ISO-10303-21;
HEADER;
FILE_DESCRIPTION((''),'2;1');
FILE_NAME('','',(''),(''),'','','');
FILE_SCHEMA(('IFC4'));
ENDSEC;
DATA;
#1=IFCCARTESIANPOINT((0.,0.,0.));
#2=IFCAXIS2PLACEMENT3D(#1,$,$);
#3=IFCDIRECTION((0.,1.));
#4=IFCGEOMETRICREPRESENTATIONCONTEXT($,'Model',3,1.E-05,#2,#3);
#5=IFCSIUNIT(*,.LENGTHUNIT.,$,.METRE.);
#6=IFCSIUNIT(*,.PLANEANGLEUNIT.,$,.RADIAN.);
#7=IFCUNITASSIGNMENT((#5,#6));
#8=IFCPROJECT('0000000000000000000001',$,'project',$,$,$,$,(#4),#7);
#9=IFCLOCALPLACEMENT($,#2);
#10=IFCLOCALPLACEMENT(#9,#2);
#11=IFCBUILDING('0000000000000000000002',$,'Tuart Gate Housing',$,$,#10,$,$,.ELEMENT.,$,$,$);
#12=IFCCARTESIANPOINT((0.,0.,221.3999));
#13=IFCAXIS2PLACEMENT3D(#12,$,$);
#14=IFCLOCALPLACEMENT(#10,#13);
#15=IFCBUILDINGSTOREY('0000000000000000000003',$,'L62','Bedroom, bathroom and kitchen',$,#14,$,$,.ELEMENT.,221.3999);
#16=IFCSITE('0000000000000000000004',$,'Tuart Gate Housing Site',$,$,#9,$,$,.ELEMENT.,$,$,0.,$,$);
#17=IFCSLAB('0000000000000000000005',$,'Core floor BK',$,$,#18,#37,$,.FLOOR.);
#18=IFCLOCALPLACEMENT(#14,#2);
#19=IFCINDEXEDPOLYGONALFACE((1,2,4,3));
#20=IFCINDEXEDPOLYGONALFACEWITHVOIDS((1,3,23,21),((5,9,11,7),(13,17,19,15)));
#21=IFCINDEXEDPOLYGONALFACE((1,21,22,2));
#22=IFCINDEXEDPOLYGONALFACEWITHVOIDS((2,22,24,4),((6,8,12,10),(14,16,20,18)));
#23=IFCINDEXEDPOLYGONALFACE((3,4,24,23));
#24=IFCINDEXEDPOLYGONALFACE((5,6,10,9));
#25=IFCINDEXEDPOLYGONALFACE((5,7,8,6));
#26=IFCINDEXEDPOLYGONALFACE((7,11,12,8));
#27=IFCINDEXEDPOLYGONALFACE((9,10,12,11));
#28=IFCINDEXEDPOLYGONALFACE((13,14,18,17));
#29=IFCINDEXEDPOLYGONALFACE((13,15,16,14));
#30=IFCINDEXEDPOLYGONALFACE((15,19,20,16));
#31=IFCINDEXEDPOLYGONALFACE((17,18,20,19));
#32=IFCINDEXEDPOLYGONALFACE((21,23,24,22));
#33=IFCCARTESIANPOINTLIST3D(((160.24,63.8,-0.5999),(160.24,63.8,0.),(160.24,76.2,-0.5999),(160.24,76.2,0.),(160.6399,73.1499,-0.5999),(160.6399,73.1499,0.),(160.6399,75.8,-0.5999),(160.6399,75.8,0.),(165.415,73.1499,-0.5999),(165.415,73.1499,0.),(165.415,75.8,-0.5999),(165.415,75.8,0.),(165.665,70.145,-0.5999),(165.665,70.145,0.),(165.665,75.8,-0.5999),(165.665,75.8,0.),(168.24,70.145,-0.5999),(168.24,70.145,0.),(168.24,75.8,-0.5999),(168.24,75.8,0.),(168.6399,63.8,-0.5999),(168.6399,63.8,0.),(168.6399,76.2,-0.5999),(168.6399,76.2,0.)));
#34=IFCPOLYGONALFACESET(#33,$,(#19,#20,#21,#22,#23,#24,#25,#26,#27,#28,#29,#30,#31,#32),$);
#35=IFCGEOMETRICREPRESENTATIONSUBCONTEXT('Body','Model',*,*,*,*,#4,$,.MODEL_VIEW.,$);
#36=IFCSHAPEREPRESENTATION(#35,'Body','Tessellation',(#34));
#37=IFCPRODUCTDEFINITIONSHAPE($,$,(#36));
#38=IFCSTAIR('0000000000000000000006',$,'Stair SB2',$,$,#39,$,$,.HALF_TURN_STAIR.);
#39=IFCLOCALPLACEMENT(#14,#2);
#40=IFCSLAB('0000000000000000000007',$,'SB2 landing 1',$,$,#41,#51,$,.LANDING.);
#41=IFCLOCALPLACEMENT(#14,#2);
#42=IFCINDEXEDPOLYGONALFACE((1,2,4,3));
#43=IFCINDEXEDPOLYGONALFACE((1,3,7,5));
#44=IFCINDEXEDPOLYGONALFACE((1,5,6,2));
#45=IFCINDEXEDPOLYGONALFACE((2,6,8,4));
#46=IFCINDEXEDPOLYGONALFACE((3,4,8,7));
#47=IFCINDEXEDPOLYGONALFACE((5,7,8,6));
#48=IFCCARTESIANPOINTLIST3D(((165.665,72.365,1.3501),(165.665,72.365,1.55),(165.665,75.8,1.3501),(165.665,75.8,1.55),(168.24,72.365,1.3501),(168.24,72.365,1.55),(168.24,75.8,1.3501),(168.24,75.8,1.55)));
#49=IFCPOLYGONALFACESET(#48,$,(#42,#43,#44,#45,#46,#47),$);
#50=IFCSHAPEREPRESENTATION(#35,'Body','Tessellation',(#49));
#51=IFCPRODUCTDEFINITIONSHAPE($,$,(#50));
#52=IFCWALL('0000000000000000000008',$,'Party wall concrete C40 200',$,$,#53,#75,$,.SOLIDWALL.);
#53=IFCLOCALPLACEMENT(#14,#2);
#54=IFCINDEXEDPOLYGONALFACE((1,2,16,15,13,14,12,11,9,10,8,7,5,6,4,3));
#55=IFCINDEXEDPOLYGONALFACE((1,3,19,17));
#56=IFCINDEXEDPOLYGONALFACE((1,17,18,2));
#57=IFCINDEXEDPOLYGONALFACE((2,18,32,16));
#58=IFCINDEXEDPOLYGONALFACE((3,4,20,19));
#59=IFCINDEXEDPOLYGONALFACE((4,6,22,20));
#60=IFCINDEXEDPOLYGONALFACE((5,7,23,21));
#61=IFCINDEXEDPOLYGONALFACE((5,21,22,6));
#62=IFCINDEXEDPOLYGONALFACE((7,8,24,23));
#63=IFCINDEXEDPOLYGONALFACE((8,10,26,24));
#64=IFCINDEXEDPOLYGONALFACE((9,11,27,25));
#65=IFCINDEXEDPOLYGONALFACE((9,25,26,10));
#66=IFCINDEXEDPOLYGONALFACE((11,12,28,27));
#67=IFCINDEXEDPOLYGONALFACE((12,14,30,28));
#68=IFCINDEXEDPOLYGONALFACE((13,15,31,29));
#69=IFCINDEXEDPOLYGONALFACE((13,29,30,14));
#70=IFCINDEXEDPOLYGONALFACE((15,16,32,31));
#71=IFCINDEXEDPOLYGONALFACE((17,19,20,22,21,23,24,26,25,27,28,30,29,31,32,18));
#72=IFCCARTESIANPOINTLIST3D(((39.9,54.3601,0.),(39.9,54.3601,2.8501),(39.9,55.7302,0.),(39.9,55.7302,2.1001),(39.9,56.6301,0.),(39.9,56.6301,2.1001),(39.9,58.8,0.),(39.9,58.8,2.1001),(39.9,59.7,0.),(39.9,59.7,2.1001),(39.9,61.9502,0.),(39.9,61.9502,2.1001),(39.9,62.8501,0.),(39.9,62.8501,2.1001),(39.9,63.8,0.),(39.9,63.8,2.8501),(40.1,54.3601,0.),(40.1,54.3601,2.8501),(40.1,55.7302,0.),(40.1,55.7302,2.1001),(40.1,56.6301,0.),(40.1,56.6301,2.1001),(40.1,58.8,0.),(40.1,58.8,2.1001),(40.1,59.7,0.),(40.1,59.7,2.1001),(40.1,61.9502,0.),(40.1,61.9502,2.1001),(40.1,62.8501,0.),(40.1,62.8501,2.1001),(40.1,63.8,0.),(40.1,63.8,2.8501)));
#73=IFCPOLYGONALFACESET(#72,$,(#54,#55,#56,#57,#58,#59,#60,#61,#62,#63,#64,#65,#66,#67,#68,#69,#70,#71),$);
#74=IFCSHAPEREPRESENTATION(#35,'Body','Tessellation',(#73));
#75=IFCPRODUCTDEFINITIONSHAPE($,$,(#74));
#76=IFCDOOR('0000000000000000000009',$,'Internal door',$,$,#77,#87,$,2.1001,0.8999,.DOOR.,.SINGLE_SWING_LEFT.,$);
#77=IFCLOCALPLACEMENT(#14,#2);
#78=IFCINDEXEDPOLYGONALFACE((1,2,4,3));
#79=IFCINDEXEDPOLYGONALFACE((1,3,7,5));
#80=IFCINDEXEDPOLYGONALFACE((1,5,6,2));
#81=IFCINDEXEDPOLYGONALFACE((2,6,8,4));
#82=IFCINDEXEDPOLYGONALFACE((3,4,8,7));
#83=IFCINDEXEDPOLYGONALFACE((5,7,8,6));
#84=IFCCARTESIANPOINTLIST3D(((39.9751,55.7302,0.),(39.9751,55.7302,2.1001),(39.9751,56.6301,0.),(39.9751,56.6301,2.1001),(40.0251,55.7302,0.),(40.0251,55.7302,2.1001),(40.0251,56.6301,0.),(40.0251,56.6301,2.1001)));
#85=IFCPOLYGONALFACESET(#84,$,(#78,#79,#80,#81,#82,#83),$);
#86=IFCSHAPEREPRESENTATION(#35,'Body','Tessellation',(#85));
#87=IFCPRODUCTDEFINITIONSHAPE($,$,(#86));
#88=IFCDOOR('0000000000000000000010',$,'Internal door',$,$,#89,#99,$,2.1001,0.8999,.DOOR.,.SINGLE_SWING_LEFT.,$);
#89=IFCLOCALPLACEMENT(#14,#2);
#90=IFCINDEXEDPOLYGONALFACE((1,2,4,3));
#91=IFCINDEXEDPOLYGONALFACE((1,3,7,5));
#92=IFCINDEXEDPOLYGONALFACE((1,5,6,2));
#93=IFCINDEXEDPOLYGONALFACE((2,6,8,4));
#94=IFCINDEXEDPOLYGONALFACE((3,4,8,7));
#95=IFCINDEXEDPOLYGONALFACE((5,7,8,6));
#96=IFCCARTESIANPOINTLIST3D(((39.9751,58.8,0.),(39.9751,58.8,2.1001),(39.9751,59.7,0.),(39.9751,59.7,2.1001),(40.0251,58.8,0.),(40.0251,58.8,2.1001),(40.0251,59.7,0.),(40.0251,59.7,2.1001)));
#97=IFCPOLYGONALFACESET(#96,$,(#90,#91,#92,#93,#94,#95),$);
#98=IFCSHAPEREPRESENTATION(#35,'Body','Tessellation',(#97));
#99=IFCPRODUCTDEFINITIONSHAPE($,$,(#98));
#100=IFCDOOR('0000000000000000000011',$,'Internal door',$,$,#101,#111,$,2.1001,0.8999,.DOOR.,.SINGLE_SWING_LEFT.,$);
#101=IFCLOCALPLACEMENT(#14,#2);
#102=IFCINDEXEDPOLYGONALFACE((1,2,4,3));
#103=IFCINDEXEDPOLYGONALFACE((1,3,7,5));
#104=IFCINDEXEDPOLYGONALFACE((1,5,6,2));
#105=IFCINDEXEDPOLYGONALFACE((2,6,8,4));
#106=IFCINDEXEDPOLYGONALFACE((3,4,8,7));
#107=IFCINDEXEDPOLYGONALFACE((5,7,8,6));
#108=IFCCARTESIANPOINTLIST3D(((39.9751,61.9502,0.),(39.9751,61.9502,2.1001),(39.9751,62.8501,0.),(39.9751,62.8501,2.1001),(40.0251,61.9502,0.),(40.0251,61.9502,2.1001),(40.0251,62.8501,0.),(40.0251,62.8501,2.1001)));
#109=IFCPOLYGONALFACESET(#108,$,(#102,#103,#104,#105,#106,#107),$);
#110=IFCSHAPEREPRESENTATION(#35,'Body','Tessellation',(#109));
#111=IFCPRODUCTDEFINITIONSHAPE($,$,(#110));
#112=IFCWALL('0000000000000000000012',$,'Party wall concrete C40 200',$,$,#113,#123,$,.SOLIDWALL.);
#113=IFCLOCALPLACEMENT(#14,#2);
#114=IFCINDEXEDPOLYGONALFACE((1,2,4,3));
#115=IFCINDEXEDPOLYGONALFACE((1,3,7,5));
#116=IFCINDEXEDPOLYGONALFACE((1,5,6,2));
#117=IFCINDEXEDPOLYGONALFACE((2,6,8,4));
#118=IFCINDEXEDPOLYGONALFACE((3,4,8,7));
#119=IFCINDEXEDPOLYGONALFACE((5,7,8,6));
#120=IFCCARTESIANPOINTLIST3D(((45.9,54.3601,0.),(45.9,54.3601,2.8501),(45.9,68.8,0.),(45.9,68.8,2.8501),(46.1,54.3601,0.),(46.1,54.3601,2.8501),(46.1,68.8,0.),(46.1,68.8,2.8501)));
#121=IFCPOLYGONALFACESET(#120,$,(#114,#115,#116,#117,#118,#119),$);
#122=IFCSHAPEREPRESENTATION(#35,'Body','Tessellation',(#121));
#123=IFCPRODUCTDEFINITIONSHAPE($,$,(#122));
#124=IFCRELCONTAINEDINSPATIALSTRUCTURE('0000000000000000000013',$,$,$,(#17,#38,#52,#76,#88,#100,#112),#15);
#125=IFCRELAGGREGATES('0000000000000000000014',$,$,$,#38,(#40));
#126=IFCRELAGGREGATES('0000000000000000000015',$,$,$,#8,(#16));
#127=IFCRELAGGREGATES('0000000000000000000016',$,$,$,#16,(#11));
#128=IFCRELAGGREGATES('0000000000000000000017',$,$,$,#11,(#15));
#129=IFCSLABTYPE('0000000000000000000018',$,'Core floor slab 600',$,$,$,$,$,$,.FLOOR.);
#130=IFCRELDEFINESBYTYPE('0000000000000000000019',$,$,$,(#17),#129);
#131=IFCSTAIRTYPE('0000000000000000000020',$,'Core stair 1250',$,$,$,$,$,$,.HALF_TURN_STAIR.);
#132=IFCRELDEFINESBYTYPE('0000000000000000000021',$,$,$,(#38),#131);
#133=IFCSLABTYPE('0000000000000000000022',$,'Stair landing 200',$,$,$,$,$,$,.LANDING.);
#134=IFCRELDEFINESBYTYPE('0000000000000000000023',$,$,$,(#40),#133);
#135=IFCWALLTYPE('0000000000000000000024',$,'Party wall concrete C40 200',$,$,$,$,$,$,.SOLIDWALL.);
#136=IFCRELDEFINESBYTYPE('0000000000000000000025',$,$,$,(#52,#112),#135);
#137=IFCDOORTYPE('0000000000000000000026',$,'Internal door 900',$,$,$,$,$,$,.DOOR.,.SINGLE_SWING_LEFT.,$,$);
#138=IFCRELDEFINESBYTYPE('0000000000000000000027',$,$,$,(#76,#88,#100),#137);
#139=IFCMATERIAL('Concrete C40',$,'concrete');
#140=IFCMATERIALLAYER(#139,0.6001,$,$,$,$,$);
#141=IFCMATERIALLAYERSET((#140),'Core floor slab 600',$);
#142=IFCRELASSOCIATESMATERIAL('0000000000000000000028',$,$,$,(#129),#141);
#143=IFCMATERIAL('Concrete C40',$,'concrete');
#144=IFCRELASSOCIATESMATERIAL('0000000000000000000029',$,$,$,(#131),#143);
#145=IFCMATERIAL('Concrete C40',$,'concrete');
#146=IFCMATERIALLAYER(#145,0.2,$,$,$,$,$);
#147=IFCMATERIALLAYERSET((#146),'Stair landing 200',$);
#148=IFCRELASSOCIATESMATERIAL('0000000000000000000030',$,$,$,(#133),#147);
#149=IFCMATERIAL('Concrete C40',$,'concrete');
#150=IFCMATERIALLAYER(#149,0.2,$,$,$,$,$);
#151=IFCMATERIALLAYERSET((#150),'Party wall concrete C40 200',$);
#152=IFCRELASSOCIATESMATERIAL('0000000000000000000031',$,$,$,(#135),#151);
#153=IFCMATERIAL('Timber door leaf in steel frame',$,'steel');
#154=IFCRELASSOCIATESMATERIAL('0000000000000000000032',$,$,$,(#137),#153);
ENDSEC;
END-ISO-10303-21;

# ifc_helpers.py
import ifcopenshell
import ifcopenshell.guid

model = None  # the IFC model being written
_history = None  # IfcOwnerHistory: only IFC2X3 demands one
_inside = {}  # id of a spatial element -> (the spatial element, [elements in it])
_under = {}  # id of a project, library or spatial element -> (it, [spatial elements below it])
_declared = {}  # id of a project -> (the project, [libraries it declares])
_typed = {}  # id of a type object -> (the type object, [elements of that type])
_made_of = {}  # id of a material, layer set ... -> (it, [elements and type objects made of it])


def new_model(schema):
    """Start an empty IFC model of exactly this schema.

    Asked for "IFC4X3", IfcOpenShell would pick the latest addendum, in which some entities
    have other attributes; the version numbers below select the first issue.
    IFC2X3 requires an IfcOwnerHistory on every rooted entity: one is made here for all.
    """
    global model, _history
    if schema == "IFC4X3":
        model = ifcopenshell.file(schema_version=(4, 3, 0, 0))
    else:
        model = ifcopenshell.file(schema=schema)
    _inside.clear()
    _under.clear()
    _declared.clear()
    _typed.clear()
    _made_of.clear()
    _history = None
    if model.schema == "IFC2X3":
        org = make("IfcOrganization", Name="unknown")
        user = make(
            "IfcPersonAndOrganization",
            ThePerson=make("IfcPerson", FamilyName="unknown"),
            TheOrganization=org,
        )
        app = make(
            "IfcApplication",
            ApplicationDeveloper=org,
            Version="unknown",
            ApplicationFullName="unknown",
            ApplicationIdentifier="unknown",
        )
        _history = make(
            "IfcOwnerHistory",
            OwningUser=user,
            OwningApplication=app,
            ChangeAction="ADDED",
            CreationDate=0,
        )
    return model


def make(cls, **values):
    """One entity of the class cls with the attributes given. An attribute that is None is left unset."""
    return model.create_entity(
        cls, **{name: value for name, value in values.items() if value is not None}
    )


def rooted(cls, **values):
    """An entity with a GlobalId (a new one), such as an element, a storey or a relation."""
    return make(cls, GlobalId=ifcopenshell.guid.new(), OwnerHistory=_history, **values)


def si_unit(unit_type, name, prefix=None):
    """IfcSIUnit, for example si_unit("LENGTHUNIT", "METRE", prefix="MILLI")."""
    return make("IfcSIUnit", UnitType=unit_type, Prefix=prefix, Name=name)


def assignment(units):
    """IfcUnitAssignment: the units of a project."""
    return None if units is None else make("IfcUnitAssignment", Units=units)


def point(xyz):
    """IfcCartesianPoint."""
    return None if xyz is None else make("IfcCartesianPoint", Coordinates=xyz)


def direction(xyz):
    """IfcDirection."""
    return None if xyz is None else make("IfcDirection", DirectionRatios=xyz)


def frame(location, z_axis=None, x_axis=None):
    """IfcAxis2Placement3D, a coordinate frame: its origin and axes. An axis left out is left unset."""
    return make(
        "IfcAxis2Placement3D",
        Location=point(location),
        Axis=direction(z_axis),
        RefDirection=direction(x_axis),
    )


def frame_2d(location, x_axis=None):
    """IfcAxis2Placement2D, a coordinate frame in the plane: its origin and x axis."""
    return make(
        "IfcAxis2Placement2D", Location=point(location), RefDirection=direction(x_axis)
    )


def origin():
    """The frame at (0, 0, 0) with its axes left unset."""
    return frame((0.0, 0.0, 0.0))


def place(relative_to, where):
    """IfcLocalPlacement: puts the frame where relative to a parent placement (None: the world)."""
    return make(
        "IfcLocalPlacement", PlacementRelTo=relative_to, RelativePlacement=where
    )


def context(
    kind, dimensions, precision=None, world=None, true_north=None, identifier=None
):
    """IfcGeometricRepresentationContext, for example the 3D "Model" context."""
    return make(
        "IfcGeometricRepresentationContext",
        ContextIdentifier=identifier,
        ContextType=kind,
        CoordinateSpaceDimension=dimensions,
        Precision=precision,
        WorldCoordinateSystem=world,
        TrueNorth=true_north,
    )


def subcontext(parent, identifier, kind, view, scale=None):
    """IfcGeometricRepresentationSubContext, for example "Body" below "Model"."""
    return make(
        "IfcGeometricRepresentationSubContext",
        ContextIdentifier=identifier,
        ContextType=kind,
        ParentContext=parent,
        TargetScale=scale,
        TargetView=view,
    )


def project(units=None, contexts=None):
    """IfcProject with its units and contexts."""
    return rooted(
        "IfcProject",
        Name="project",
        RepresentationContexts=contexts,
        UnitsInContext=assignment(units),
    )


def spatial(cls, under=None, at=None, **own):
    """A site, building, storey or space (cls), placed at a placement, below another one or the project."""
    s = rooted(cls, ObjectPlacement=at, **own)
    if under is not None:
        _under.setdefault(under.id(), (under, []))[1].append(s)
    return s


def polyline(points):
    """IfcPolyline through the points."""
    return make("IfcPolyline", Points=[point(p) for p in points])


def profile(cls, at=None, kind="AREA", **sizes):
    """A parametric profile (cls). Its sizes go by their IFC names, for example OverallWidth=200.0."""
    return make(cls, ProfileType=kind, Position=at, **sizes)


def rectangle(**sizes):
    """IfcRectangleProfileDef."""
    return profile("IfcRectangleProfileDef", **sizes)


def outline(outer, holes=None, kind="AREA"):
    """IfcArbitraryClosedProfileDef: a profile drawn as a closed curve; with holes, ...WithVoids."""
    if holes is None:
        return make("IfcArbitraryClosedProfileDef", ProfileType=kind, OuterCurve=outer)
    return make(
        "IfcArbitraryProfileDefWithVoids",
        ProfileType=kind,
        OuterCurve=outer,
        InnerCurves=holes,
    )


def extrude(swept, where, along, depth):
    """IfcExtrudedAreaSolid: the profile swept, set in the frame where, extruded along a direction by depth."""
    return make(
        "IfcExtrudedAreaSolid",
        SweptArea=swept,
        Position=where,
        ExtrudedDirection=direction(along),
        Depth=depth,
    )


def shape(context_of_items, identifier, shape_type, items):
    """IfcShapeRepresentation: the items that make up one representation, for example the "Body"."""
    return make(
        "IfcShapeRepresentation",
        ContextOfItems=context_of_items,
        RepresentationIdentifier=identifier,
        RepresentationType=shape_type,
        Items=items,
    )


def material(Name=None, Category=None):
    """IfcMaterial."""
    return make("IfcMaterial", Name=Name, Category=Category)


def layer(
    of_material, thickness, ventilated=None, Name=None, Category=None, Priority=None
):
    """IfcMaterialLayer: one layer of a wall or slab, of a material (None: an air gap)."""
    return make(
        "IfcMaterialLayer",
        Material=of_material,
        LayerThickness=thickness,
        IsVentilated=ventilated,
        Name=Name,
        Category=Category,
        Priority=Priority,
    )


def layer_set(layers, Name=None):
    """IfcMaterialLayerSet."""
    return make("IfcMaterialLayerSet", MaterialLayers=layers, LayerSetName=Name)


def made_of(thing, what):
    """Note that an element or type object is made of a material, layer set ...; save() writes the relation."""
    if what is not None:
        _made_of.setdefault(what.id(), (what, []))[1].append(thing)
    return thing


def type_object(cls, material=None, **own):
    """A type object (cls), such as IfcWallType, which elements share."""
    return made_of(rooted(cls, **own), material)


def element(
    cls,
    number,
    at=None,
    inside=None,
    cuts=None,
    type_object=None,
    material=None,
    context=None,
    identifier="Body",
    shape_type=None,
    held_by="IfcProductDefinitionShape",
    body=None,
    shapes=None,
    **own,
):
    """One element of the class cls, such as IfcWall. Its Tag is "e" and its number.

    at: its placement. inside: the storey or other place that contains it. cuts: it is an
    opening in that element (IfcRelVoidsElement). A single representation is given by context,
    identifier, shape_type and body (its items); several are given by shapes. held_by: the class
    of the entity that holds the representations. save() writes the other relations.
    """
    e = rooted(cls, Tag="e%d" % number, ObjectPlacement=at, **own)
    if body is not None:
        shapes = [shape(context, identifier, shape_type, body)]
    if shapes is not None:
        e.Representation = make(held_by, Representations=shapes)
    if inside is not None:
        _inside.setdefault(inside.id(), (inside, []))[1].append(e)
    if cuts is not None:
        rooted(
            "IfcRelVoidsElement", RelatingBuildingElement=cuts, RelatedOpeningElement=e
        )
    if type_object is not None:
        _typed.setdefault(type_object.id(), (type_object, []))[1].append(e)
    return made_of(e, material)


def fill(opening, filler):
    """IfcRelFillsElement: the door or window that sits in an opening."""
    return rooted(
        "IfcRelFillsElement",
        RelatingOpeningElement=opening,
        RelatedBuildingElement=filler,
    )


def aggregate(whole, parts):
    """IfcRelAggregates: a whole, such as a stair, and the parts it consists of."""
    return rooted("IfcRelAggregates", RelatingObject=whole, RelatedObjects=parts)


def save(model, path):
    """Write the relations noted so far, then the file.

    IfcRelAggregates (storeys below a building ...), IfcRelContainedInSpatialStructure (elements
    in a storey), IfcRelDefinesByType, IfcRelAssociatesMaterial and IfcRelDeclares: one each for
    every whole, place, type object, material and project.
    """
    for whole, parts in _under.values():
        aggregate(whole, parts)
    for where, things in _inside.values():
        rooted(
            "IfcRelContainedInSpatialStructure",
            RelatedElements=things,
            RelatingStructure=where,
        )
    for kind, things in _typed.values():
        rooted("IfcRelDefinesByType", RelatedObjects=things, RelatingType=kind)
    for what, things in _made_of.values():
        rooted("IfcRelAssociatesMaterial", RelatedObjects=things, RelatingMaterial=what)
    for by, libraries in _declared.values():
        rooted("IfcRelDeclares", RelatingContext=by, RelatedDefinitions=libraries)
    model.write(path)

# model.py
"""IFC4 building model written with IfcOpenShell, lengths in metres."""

from ifc_helpers import new_model, si_unit, direction, frame, frame_2d, origin, place, context, subcontext, project, spatial, polyline, rectangle, outline, extrude, material, layer, layer_set, type_object, element, fill, aggregate, save


model = new_model("IFC4")

# Units and contexts
model_context = context("Model", 3, precision=1e-05, world=origin(), true_north=direction((0.0, 1.0)))
body_context = subcontext(model_context, "Body", "Model", "MODEL_VIEW")
ifc_project = project(units=[si_unit("LENGTHUNIT", "METRE"), si_unit("PLANEANGLEUNIT", "RADIAN")], contexts=[model_context])

# Site, building, storey
site_placement = place(None, origin())
site = spatial("IfcSite", under=ifc_project, at=site_placement, Name="Tuart Gate Housing Site", CompositionType="ELEMENT", RefElevation=0.0)
building_placement = place(site_placement, origin())
building = spatial("IfcBuilding", under=site, at=building_placement, Name="Tuart Gate Housing", CompositionType="ELEMENT")
storey_placement = place(building_placement, frame((0.0, 0.0, 221.3999)))
storey = spatial("IfcBuildingStorey", under=building, at=storey_placement, Name="L62", Description="Bedroom, bathroom and kitchen", CompositionType="ELEMENT", Elevation=221.3999)

# Slab
ifc_material_1 = material(Name="Concrete C40", Category="concrete")
ifc_layer_1 = layer(ifc_material_1, 0.6001)
ifc_layer_set_1 = layer_set([ifc_layer_1], Name="Core floor slab 600")
slab_type_1 = type_object("IfcSlabType", Name="Core floor slab 600", PredefinedType="FLOOR", material=ifc_layer_set_1)
slab_1_placement = place(storey_placement, frame((0.0, 0.0, -0.5999)))
element("IfcSlab", 1, at=slab_1_placement, inside=storey, type_object=slab_type_1, Name="Core floor BK", PredefinedType="FLOOR", context=body_context, shape_type="SweptSolid", body=[
    extrude(outline(polyline([(160.24, 63.8), (168.6399, 63.8), (168.6399, 76.2), (160.24, 76.2), (160.24, 63.8)]), holes=[polyline([(160.6399, 73.1499), (165.415, 73.1499), (165.415, 75.8), (160.6399, 75.8), (160.6399, 73.1499)]), polyline([(165.665, 70.145), (168.24, 70.145), (168.24, 75.8), (165.665, 75.8), (165.665, 70.145)])]), origin(), (0.0, 0.0, 1.0), 0.5999),
])

# Stair, slab
ifc_material_2 = material(Name="Concrete C40", Category="concrete")
stair_type = type_object("IfcStairType", Name="Core stair 1250", PredefinedType="HALF_TURN_STAIR", material=ifc_material_2)
stair_placement = place(storey_placement, origin())
stair = element("IfcStair", 2, at=stair_placement, inside=storey, type_object=stair_type, Name="Stair SB2", PredefinedType="HALF_TURN_STAIR")
ifc_material_3 = material(Name="Concrete C40", Category="concrete")
ifc_layer_2 = layer(ifc_material_3, 0.2)
ifc_layer_set_2 = layer_set([ifc_layer_2], Name="Stair landing 200")
slab_type_2 = type_object("IfcSlabType", Name="Stair landing 200", PredefinedType="LANDING", material=ifc_layer_set_2)
slab_2_placement = place(storey_placement, frame((0.0, 0.0, 1.3501)))
slab_2 = element("IfcSlab", 3, at=slab_2_placement, type_object=slab_type_2, Name="SB2 landing 1", PredefinedType="LANDING", context=body_context, shape_type="SweptSolid", body=[
    extrude(outline(polyline([(165.665, 72.365), (168.24, 72.365), (168.24, 75.8), (165.665, 75.8), (165.665, 72.365)])), origin(), (0.0, 0.0, 1.0), 0.2),
])
aggregate(stair, [slab_2])

# Wall, openings, doors
ifc_material_4 = material(Name="Concrete C40", Category="concrete")
ifc_layer_3 = layer(ifc_material_4, 0.2)
ifc_layer_set_3 = layer_set([ifc_layer_3], Name="Party wall concrete C40 200")
wall_type_1 = type_object("IfcWallType", Name="Party wall concrete C40 200", PredefinedType="SOLIDWALL", material=ifc_layer_set_3)
wall_1_placement = place(storey_placement, frame((40.0, 54.3601, 0.0), z_axis=(0.0, 0.0, 1.0), x_axis=(0.0, 1.0, 0.0)))
wall_1 = element("IfcWall", 4, at=wall_1_placement, inside=storey, type_object=wall_type_1, Name="Party wall concrete C40 200", PredefinedType="SOLIDWALL", context=body_context, shape_type="SweptSolid", body=[
    extrude(rectangle(XDim=9.4399, YDim=0.2, at=frame_2d((4.72, 0.0))), origin(), (0.0, 0.0, 1.0), 2.8501),
])
opening_1_placement = place(wall_1_placement, frame((1.3701, 0.0, 0.0)))
opening_1 = element("IfcOpeningElement", 5, at=opening_1_placement, cuts=wall_1, PredefinedType="OPENING", context=body_context, shape_type="SweptSolid", body=[
    extrude(rectangle(XDim=0.8999, YDim=2.1001, at=frame_2d((0.45, 1.05))), frame((0.0, 0.1099, 0.0), z_axis=(0.0, -1.0, 0.0), x_axis=(1.0, 0.0, 0.0)), (0.0, 0.0, 1.0), 0.22),
])
opening_2_placement = place(wall_1_placement, frame((4.4399, 0.0, 0.0)))
opening_2 = element("IfcOpeningElement", 6, at=opening_2_placement, cuts=wall_1, PredefinedType="OPENING", context=body_context, shape_type="SweptSolid", body=[
    extrude(rectangle(XDim=0.8999, YDim=2.1001, at=frame_2d((0.45, 1.05))), frame((0.0, 0.1099, 0.0), z_axis=(0.0, -1.0, 0.0), x_axis=(1.0, 0.0, 0.0)), (0.0, 0.0, 1.0), 0.22),
])
opening_3_placement = place(wall_1_placement, frame((7.5901, 0.0, 0.0)))
opening_3 = element("IfcOpeningElement", 7, at=opening_3_placement, cuts=wall_1, PredefinedType="OPENING", context=body_context, shape_type="SweptSolid", body=[
    extrude(rectangle(XDim=0.8999, YDim=2.1001, at=frame_2d((0.45, 1.05))), frame((0.0, 0.1099, 0.0), z_axis=(0.0, -1.0, 0.0), x_axis=(1.0, 0.0, 0.0)), (0.0, 0.0, 1.0), 0.22),
])
ifc_material_5 = material(Name="Timber door leaf in steel frame", Category="steel")
door_type = type_object("IfcDoorType", Name="Internal door 900", OperationType="SINGLE_SWING_LEFT", PredefinedType="DOOR", material=ifc_material_5)
door_1_placement = place(opening_1_placement, origin())
door_1 = element("IfcDoor", 8, at=door_1_placement, inside=storey, type_object=door_type, Name="Internal door", OperationType="SINGLE_SWING_LEFT", OverallHeight=2.1001, OverallWidth=0.8999, PredefinedType="DOOR", context=body_context, shape_type="SweptSolid", body=[
    extrude(rectangle(XDim=0.8999, YDim=2.1001, at=frame_2d((0.45, 1.05))), frame((0.0, 0.0249, 0.0), z_axis=(0.0, -1.0, 0.0), x_axis=(1.0, 0.0, 0.0)), (0.0, 0.0, 1.0), 0.05),
])
fill(opening_1, door_1)
door_2_placement = place(opening_2_placement, origin())
door_2 = element("IfcDoor", 9, at=door_2_placement, inside=storey, type_object=door_type, Name="Internal door", OperationType="SINGLE_SWING_LEFT", OverallHeight=2.1001, OverallWidth=0.8999, PredefinedType="DOOR", context=body_context, shape_type="SweptSolid", body=[
    extrude(rectangle(XDim=0.8999, YDim=2.1001, at=frame_2d((0.45, 1.05))), frame((0.0, 0.0249, 0.0), z_axis=(0.0, -1.0, 0.0), x_axis=(1.0, 0.0, 0.0)), (0.0, 0.0, 1.0), 0.05),
])
fill(opening_2, door_2)
door_3_placement = place(opening_3_placement, origin())
door_3 = element("IfcDoor", 10, at=door_3_placement, inside=storey, type_object=door_type, Name="Internal door", OperationType="SINGLE_SWING_LEFT", OverallHeight=2.1001, OverallWidth=0.8999, PredefinedType="DOOR", context=body_context, shape_type="SweptSolid", body=[
    extrude(rectangle(XDim=0.8999, YDim=2.1001, at=frame_2d((0.45, 1.05))), frame((0.0, 0.0249, 0.0), z_axis=(0.0, -1.0, 0.0), x_axis=(1.0, 0.0, 0.0)), (0.0, 0.0, 1.0), 0.05),
])
fill(opening_3, door_3)

# Wall
wall_2_placement = place(storey_placement, frame((46.0, 54.3601, 0.0), z_axis=(0.0, 0.0, 1.0), x_axis=(0.0, 1.0, 0.0)))
element("IfcWall", 11, at=wall_2_placement, inside=storey, type_object=wall_type_1, Name="Party wall concrete C40 200", PredefinedType="SOLIDWALL", context=body_context, shape_type="SweptSolid", body=[
    extrude(rectangle(XDim=14.4399, YDim=0.2, at=frame_2d((7.22, 0.0))), origin(), (0.0, 0.0, 1.0), 2.8501),
])

save(model, "model.ifc")
